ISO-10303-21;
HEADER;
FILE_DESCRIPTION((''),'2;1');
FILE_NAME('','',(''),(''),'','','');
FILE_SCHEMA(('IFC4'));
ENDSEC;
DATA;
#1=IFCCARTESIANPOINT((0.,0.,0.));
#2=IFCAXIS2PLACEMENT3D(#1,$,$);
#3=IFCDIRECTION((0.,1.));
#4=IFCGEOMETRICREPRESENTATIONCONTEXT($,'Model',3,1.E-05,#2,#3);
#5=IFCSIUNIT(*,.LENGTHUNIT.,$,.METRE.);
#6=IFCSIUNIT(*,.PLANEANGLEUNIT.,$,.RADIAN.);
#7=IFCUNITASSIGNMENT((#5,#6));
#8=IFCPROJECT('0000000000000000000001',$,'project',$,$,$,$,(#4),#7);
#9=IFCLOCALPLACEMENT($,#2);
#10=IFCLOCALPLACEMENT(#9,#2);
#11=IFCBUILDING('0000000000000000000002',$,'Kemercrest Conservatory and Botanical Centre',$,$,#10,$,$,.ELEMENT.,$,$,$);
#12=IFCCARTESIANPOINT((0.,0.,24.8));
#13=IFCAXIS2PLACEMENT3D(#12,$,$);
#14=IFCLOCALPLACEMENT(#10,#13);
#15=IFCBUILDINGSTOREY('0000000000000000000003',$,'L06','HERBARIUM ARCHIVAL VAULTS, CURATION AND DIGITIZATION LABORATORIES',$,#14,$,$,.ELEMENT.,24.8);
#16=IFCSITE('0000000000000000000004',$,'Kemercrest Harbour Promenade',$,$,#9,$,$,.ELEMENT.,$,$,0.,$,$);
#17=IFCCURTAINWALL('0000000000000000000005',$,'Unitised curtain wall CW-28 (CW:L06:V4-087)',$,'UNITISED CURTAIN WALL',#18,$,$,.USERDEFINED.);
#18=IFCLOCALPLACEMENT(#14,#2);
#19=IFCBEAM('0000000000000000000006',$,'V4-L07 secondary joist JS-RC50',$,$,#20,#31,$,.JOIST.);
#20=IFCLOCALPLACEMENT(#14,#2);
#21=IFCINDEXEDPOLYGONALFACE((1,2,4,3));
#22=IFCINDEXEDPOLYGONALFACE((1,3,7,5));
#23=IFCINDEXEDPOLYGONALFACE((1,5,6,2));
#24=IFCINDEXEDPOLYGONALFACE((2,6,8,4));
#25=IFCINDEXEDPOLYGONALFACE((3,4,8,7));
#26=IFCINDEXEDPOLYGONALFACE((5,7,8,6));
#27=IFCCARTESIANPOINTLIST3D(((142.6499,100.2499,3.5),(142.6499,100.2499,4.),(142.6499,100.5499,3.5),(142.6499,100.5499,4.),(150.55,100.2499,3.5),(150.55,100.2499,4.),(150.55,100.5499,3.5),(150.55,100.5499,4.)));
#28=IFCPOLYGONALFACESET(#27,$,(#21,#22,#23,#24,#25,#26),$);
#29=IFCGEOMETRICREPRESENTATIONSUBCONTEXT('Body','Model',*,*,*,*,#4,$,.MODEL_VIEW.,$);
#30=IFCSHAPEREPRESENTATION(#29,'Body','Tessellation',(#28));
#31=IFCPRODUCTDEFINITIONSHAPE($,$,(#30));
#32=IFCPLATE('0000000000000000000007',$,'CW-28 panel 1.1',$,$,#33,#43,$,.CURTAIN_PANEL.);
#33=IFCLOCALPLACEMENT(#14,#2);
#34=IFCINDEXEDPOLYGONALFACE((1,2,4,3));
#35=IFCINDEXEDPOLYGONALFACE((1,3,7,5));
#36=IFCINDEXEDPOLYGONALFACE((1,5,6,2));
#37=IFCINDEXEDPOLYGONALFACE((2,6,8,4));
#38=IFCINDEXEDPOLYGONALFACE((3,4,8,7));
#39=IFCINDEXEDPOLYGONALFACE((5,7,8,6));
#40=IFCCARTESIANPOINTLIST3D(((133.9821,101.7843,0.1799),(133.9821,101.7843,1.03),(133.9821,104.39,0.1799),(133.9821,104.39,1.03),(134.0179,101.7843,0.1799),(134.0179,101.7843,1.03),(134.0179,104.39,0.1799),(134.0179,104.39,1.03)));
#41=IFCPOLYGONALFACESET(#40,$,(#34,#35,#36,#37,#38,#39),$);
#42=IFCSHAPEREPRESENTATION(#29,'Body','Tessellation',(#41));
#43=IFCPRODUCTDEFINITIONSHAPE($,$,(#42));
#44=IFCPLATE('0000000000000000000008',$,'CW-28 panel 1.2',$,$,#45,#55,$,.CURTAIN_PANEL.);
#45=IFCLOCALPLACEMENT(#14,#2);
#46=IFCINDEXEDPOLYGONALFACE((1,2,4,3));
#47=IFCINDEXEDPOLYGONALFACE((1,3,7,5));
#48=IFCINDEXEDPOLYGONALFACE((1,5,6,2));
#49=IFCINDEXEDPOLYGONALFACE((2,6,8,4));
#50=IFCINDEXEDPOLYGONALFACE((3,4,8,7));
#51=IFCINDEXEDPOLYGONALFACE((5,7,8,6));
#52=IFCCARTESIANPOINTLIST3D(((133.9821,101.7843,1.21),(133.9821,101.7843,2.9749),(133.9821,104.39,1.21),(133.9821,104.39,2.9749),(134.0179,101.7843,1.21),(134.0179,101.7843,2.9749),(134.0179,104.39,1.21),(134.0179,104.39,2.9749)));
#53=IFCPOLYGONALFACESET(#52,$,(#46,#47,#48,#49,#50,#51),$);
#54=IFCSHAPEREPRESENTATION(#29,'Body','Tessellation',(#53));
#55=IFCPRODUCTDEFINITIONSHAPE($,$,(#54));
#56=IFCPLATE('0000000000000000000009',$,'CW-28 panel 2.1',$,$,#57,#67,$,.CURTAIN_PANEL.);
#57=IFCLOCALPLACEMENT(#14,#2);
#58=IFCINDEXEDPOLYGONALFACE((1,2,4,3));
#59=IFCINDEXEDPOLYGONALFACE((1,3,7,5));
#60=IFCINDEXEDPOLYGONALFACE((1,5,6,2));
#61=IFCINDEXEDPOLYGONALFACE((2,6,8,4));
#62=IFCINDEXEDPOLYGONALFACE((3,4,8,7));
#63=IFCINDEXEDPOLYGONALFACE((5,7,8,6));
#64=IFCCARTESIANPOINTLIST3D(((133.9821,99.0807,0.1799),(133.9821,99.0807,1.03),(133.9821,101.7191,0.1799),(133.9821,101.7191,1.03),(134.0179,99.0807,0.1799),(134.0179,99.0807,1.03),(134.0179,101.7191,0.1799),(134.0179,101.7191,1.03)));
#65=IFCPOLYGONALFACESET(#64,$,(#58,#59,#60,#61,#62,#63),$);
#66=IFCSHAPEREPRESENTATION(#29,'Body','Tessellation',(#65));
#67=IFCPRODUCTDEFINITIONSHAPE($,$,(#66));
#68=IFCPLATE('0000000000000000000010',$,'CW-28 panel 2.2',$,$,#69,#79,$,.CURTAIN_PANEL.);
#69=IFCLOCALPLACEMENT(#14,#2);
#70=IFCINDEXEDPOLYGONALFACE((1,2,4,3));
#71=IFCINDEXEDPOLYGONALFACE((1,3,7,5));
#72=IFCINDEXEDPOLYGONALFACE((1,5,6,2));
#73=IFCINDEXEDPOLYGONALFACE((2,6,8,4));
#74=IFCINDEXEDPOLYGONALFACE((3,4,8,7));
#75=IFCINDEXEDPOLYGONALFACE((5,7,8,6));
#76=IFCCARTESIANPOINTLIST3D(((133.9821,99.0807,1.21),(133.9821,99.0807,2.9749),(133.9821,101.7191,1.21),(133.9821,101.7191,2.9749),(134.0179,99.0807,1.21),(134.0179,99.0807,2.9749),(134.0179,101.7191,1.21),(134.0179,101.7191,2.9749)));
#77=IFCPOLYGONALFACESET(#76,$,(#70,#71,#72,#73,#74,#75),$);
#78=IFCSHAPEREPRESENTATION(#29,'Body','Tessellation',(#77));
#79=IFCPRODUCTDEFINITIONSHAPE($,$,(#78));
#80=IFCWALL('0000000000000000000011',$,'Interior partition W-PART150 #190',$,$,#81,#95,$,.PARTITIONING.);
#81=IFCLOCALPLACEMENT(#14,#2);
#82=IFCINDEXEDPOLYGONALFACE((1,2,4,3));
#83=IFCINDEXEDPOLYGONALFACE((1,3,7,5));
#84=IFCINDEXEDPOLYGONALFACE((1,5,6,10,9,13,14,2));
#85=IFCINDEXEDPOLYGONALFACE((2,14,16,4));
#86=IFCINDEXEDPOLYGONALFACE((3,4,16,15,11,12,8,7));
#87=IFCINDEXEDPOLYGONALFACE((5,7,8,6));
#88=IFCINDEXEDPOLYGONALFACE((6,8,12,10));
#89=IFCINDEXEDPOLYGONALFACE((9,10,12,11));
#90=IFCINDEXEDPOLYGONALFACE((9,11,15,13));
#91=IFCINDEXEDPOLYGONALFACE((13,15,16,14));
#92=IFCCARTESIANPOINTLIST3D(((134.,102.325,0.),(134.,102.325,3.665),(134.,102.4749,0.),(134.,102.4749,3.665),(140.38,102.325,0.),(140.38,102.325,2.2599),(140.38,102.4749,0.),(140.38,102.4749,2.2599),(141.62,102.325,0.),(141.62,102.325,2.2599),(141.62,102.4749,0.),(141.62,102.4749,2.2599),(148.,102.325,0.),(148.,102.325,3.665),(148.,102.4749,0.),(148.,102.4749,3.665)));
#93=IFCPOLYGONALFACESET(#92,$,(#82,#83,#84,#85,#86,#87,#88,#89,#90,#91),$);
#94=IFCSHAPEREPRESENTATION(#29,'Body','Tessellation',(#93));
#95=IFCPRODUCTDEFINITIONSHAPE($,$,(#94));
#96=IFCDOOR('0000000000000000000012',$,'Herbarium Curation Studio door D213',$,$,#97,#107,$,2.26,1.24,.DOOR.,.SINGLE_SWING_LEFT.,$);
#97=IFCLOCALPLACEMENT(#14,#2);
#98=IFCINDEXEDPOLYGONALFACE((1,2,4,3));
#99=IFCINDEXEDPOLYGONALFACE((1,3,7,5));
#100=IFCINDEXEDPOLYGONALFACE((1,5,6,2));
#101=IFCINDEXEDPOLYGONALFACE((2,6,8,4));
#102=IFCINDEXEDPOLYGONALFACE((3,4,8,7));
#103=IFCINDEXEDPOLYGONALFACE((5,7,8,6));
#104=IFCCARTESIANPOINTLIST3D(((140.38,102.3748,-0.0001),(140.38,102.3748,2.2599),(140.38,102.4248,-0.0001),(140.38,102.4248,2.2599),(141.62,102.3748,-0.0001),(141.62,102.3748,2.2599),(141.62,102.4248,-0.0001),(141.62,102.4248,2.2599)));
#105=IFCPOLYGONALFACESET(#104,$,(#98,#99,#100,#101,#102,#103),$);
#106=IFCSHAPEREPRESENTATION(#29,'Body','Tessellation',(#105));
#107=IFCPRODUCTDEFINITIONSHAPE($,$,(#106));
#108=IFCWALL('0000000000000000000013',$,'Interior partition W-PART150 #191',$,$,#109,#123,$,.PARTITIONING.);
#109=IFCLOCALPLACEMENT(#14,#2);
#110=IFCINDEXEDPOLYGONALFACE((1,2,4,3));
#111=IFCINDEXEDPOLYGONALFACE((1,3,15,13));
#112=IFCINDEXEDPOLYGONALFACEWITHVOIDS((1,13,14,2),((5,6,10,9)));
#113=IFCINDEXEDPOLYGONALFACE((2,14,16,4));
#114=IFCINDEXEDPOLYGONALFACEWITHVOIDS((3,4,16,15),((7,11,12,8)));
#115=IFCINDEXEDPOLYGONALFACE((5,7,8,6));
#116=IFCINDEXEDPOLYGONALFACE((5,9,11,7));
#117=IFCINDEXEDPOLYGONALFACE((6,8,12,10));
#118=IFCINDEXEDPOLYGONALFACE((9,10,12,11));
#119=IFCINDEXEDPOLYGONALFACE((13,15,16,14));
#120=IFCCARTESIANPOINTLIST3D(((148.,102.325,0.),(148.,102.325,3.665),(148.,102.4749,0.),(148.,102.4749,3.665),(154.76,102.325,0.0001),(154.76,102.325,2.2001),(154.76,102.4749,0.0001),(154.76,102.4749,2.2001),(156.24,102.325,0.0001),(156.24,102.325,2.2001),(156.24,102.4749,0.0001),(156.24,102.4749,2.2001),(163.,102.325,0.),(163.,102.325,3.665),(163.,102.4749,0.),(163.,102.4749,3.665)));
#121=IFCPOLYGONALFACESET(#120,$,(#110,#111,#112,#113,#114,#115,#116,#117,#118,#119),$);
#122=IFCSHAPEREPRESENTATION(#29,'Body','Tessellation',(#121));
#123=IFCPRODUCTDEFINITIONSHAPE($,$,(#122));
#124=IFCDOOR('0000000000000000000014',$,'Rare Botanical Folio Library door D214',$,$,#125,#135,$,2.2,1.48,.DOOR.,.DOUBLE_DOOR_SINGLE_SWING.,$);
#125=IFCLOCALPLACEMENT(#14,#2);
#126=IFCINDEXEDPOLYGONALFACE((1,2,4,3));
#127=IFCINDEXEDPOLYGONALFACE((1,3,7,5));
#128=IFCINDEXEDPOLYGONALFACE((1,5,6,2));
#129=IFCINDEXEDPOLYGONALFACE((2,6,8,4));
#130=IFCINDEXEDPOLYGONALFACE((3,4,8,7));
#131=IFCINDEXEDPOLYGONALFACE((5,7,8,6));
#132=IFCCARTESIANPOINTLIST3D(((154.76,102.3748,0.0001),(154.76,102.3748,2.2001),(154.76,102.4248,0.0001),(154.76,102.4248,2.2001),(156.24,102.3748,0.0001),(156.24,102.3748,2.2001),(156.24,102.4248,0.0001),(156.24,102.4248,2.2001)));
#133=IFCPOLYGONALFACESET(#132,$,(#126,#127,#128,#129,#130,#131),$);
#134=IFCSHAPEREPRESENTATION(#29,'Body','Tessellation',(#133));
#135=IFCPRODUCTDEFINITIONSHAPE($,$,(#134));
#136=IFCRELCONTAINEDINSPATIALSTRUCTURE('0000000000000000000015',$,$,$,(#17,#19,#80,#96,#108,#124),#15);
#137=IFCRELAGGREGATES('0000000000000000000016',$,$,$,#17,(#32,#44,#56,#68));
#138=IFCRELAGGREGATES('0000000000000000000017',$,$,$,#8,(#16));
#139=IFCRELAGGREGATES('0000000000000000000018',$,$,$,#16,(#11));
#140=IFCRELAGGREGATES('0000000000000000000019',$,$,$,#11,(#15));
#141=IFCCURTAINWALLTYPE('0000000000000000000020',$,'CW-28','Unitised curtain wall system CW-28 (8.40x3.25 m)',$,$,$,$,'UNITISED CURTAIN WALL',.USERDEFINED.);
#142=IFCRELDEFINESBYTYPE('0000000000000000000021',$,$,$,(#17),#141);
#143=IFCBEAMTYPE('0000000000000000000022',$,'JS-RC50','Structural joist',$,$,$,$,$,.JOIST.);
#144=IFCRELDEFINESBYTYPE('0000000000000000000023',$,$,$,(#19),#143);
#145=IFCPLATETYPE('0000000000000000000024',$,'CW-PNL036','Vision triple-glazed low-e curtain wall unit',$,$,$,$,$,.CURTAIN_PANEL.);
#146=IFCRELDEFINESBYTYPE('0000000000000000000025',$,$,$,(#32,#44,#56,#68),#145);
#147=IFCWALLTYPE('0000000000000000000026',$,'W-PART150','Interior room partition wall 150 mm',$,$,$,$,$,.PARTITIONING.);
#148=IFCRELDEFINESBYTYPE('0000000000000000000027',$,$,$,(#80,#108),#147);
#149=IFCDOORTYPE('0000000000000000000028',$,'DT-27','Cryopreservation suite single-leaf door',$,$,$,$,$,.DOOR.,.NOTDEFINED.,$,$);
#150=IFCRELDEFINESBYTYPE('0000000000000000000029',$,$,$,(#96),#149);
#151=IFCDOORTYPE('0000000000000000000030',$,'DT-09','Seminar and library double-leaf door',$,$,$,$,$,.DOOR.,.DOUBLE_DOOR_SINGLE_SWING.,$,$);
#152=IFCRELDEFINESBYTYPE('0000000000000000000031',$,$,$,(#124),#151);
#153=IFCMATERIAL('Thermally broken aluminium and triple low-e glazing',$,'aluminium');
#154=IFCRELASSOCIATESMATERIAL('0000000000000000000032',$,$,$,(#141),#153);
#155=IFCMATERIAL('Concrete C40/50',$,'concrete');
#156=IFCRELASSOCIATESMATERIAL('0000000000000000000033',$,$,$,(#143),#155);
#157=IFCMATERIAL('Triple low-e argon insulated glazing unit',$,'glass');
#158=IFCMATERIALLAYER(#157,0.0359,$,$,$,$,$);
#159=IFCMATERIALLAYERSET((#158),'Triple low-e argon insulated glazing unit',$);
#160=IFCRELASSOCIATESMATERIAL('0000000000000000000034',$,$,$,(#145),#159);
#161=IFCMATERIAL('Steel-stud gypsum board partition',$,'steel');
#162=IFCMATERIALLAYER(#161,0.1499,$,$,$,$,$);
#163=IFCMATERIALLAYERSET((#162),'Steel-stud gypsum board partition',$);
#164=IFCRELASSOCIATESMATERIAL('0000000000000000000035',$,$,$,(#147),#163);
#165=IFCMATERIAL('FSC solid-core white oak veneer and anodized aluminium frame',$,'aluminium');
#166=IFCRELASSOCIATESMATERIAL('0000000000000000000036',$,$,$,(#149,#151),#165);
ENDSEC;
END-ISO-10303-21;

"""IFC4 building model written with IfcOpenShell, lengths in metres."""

from ifc_helpers import new_model, si_unit, direction, frame, frame_2d, origin, origin_2d, place, context, subcontext, project, spatial, rectangle, extrude, material, layer, layer_set, material_profile, profile_set, type_object, element, fill, aggregate, save


model = new_model("IFC4")

# Units and contexts
model_context = context("Model", 3, precision=1e-05, world=origin(), true_north=direction((0.0, 1.0)))
body_context = subcontext(model_context, "Body", "Model", "MODEL_VIEW")
ifc_project = project(units=[si_unit("LENGTHUNIT", "METRE"), si_unit("PLANEANGLEUNIT", "RADIAN")], contexts=[model_context])

# Site, building, storey
site_placement = place(None, origin())
site = spatial("IfcSite", under=ifc_project, at=site_placement, Name="Kemercrest Harbour Promenade", CompositionType="ELEMENT", RefElevation=0.0)
building_placement = place(site_placement, origin())
building = spatial("IfcBuilding", under=site, at=building_placement, Name="Kemercrest Conservatory and Botanical Centre", CompositionType="ELEMENT")
storey_placement = place(building_placement, frame((0.0, 0.0, 24.8)))
storey = spatial("IfcBuildingStorey", under=building, at=storey_placement, Name="L06", Description="HERBARIUM ARCHIVAL VAULTS, CURATION AND DIGITIZATION LABORATORIES", CompositionType="ELEMENT", Elevation=24.8)

# Curtain wall
ifc_material_1 = material(Name="Thermally broken aluminium and triple low-e glazing", Category="aluminium")
curtain_wall_type = type_object("IfcCurtainWallType", Name="CW-28", Description="Unitised curtain wall system CW-28 (8.40x3.25 m)", ElementType="UNITISED CURTAIN WALL", PredefinedType="USERDEFINED", material=ifc_material_1)
curtain_wall_placement = place(storey_placement, origin())
curtain_wall = element("IfcCurtainWall", 1, at=curtain_wall_placement, inside=storey, type_object=curtain_wall_type, Name="Unitised curtain wall CW-28 (CW:L06:V4-087)", ObjectType="UNITISED CURTAIN WALL", PredefinedType="USERDEFINED")

# Beam
ifc_material_2 = material(Name="Concrete C40/50", Category="concrete")
ifc_material_profile_1 = material_profile(ifc_material_2, rectangle(XDim=0.3, YDim=0.5, at=origin_2d()), Name="RC 300x500")
ifc_profile_set_1 = profile_set([ifc_material_profile_1], Name="Concrete C40/50")
beam_type_1 = type_object("IfcBeamType", Name="JS-RC50", Description="Structural joist", PredefinedType="JOIST", material=ifc_profile_set_1)
beam_1_placement = place(storey_placement, frame((142.6499, 100.3999, 3.75), z_axis=(1.0, 0.0, 0.0), x_axis=(0.0, 1.0, 0.0)))
element("IfcBeam", 2, at=beam_1_placement, inside=storey, type_object=beam_type_1, Name="V4-L07 secondary joist JS-RC50", PredefinedType="JOIST", context=body_context, shape_type="SweptSolid", body=[
    extrude(rectangle(XDim=0.3, YDim=0.5, at=origin_2d()), origin(), (0.0, 0.0, 1.0), 7.9001),
])

# Plates
ifc_material_3 = material(Name="Triple low-e argon insulated glazing unit", Category="glass")
ifc_layer_1 = layer(ifc_material_3, 0.0359)
ifc_layer_set_1 = layer_set([ifc_layer_1], Name="Triple low-e argon insulated glazing unit")
plate_type = type_object("IfcPlateType", Name="CW-PNL036", Description="Vision triple-glazed low-e curtain wall unit", PredefinedType="CURTAIN_PANEL", material=ifc_layer_set_1)
plate_1_placement = place(storey_placement, frame((134.0, 103.0872, 0.1799), z_axis=(0.0, 0.0, 1.0), x_axis=(0.0, -1.0, 0.0)))
plate_1 = element("IfcPlate", 3, at=plate_1_placement, type_object=plate_type, Name="CW-28 panel 1.1", PredefinedType="CURTAIN_PANEL", context=body_context, shape_type="SweptSolid", body=[
    extrude(rectangle(XDim=2.6057, YDim=0.0359, at=origin_2d()), origin(), (0.0, 0.0, 1.0), 0.8501),
])
plate_2_placement = place(storey_placement, frame((134.0, 103.0872, 1.21), z_axis=(0.0, 0.0, 1.0), x_axis=(0.0, -1.0, 0.0)))
plate_2 = element("IfcPlate", 4, at=plate_2_placement, type_object=plate_type, Name="CW-28 panel 1.2", PredefinedType="CURTAIN_PANEL", context=body_context, shape_type="SweptSolid", body=[
    extrude(rectangle(XDim=2.6057, YDim=0.0359, at=origin_2d()), origin(), (0.0, 0.0, 1.0), 1.7649),
])
plate_3_placement = place(storey_placement, frame((134.0, 100.3999, 0.1799), z_axis=(0.0, 0.0, 1.0), x_axis=(0.0, -1.0, 0.0)))
plate_3 = element("IfcPlate", 5, at=plate_3_placement, type_object=plate_type, Name="CW-28 panel 2.1", PredefinedType="CURTAIN_PANEL", context=body_context, shape_type="SweptSolid", body=[
    extrude(rectangle(XDim=2.6384, YDim=0.0359, at=origin_2d()), origin(), (0.0, 0.0, 1.0), 0.8501),
])
plate_4_placement = place(storey_placement, frame((134.0, 100.3999, 1.21), z_axis=(0.0, 0.0, 1.0), x_axis=(0.0, -1.0, 0.0)))
plate_4 = element("IfcPlate", 6, at=plate_4_placement, type_object=plate_type, Name="CW-28 panel 2.2", PredefinedType="CURTAIN_PANEL", context=body_context, shape_type="SweptSolid", body=[
    extrude(rectangle(XDim=2.6384, YDim=0.0359, at=origin_2d()), origin(), (0.0, 0.0, 1.0), 1.7649),
])
aggregate(curtain_wall, [plate_1, plate_2, plate_3, plate_4])

# Walls, openings, doors
ifc_material_4 = material(Name="Steel-stud gypsum board partition", Category="steel")
ifc_layer_2 = layer(ifc_material_4, 0.1499)
ifc_layer_set_2 = layer_set([ifc_layer_2], Name="Steel-stud gypsum board partition")
wall_type = type_object("IfcWallType", Name="W-PART150", Description="Interior room partition wall 150 mm", PredefinedType="PARTITIONING", material=ifc_layer_set_2)
wall_1_placement = place(storey_placement, frame((134.0, 102.3999, 0.0), z_axis=(0.0, 0.0, 1.0), x_axis=(1.0, 0.0, 0.0)))
wall_1 = element("IfcWall", 7, at=wall_1_placement, inside=storey, type_object=wall_type, Name="Interior partition W-PART150 #190", PredefinedType="PARTITIONING", context=body_context, shape_type="SweptSolid", body=[
    extrude(rectangle(XDim=14.0, YDim=0.1499, at=frame_2d((7.0, 0.0))), origin(), (0.0, 0.0, 1.0), 3.665),
])
opening_1_placement = place(wall_1_placement, frame((6.3799, 0.0, 0.0)))
opening_1 = element("IfcOpeningElement", 8, at=opening_1_placement, cuts=wall_1, PredefinedType="OPENING", context=body_context, shape_type="SweptSolid", body=[
    extrude(rectangle(XDim=1.24, YDim=2.26, at=frame_2d((0.6201, 1.1299))), frame((0.0, 0.085, 0.0), z_axis=(0.0, -1.0, 0.0), x_axis=(1.0, 0.0, 0.0)), (0.0, 0.0, 1.0), 0.1699),
])
ifc_material_5 = material(Name="FSC solid-core white oak veneer and anodized aluminium frame", Category="aluminium")
door_type_1 = type_object("IfcDoorType", Name="DT-27", Description="Cryopreservation suite single-leaf door", OperationType="NOTDEFINED", PredefinedType="DOOR", material=ifc_material_5)
door_1_placement = place(opening_1_placement, origin())
door_1 = element("IfcDoor", 9, at=door_1_placement, inside=storey, type_object=door_type_1, Name="Herbarium Curation Studio door D213", OperationType="SINGLE_SWING_LEFT", OverallHeight=2.26, OverallWidth=1.24, PredefinedType="DOOR", context=body_context, shape_type="SweptSolid", body=[
    extrude(rectangle(XDim=1.24, YDim=2.26, at=frame_2d((0.6201, 1.1299))), frame((0.0, 0.0249, 0.0), z_axis=(0.0, -1.0, 0.0), x_axis=(1.0, 0.0, 0.0)), (0.0, 0.0, 1.0), 0.05),
])
fill(opening_1, door_1)
wall_2_placement = place(storey_placement, frame((148.0, 102.3999, 0.0), z_axis=(0.0, 0.0, 1.0), x_axis=(1.0, 0.0, 0.0)))
wall_2 = element("IfcWall", 10, at=wall_2_placement, inside=storey, type_object=wall_type, Name="Interior partition W-PART150 #191", PredefinedType="PARTITIONING", context=body_context, shape_type="SweptSolid", body=[
    extrude(rectangle(XDim=15.0, YDim=0.1499, at=frame_2d((7.5, 0.0))), origin(), (0.0, 0.0, 1.0), 3.665),
])
opening_2_placement = place(wall_2_placement, frame((6.76, 0.0, 0.0)))
opening_2 = element("IfcOpeningElement", 11, at=opening_2_placement, cuts=wall_2, PredefinedType="OPENING", context=body_context, shape_type="SweptSolid", body=[
    extrude(rectangle(XDim=1.48, YDim=2.2, at=frame_2d((0.74, 1.1001))), frame((0.0, 0.085, 0.0), z_axis=(0.0, -1.0, 0.0), x_axis=(1.0, 0.0, 0.0)), (0.0, 0.0, 1.0), 0.1699),
])
door_type_2 = type_object("IfcDoorType", Name="DT-09", Description="Seminar and library double-leaf door", OperationType="DOUBLE_DOOR_SINGLE_SWING", PredefinedType="DOOR", material=ifc_material_5)
door_2_placement = place(opening_2_placement, origin())
door_2 = element("IfcDoor", 12, at=door_2_placement, inside=storey, type_object=door_type_2, Name="Rare Botanical Folio Library door D214", OperationType="DOUBLE_DOOR_SINGLE_SWING", OverallHeight=2.2, OverallWidth=1.48, PredefinedType="DOOR", context=body_context, shape_type="SweptSolid", body=[
    extrude(rectangle(XDim=1.48, YDim=2.2, at=frame_2d((0.74, 1.1001))), frame((0.0, 0.0249, 0.0), z_axis=(0.0, -1.0, 0.0), x_axis=(1.0, 0.0, 0.0)), (0.0, 0.0, 1.0), 0.05),
])
fill(opening_2, door_2)

save(model, "model.ifc")
